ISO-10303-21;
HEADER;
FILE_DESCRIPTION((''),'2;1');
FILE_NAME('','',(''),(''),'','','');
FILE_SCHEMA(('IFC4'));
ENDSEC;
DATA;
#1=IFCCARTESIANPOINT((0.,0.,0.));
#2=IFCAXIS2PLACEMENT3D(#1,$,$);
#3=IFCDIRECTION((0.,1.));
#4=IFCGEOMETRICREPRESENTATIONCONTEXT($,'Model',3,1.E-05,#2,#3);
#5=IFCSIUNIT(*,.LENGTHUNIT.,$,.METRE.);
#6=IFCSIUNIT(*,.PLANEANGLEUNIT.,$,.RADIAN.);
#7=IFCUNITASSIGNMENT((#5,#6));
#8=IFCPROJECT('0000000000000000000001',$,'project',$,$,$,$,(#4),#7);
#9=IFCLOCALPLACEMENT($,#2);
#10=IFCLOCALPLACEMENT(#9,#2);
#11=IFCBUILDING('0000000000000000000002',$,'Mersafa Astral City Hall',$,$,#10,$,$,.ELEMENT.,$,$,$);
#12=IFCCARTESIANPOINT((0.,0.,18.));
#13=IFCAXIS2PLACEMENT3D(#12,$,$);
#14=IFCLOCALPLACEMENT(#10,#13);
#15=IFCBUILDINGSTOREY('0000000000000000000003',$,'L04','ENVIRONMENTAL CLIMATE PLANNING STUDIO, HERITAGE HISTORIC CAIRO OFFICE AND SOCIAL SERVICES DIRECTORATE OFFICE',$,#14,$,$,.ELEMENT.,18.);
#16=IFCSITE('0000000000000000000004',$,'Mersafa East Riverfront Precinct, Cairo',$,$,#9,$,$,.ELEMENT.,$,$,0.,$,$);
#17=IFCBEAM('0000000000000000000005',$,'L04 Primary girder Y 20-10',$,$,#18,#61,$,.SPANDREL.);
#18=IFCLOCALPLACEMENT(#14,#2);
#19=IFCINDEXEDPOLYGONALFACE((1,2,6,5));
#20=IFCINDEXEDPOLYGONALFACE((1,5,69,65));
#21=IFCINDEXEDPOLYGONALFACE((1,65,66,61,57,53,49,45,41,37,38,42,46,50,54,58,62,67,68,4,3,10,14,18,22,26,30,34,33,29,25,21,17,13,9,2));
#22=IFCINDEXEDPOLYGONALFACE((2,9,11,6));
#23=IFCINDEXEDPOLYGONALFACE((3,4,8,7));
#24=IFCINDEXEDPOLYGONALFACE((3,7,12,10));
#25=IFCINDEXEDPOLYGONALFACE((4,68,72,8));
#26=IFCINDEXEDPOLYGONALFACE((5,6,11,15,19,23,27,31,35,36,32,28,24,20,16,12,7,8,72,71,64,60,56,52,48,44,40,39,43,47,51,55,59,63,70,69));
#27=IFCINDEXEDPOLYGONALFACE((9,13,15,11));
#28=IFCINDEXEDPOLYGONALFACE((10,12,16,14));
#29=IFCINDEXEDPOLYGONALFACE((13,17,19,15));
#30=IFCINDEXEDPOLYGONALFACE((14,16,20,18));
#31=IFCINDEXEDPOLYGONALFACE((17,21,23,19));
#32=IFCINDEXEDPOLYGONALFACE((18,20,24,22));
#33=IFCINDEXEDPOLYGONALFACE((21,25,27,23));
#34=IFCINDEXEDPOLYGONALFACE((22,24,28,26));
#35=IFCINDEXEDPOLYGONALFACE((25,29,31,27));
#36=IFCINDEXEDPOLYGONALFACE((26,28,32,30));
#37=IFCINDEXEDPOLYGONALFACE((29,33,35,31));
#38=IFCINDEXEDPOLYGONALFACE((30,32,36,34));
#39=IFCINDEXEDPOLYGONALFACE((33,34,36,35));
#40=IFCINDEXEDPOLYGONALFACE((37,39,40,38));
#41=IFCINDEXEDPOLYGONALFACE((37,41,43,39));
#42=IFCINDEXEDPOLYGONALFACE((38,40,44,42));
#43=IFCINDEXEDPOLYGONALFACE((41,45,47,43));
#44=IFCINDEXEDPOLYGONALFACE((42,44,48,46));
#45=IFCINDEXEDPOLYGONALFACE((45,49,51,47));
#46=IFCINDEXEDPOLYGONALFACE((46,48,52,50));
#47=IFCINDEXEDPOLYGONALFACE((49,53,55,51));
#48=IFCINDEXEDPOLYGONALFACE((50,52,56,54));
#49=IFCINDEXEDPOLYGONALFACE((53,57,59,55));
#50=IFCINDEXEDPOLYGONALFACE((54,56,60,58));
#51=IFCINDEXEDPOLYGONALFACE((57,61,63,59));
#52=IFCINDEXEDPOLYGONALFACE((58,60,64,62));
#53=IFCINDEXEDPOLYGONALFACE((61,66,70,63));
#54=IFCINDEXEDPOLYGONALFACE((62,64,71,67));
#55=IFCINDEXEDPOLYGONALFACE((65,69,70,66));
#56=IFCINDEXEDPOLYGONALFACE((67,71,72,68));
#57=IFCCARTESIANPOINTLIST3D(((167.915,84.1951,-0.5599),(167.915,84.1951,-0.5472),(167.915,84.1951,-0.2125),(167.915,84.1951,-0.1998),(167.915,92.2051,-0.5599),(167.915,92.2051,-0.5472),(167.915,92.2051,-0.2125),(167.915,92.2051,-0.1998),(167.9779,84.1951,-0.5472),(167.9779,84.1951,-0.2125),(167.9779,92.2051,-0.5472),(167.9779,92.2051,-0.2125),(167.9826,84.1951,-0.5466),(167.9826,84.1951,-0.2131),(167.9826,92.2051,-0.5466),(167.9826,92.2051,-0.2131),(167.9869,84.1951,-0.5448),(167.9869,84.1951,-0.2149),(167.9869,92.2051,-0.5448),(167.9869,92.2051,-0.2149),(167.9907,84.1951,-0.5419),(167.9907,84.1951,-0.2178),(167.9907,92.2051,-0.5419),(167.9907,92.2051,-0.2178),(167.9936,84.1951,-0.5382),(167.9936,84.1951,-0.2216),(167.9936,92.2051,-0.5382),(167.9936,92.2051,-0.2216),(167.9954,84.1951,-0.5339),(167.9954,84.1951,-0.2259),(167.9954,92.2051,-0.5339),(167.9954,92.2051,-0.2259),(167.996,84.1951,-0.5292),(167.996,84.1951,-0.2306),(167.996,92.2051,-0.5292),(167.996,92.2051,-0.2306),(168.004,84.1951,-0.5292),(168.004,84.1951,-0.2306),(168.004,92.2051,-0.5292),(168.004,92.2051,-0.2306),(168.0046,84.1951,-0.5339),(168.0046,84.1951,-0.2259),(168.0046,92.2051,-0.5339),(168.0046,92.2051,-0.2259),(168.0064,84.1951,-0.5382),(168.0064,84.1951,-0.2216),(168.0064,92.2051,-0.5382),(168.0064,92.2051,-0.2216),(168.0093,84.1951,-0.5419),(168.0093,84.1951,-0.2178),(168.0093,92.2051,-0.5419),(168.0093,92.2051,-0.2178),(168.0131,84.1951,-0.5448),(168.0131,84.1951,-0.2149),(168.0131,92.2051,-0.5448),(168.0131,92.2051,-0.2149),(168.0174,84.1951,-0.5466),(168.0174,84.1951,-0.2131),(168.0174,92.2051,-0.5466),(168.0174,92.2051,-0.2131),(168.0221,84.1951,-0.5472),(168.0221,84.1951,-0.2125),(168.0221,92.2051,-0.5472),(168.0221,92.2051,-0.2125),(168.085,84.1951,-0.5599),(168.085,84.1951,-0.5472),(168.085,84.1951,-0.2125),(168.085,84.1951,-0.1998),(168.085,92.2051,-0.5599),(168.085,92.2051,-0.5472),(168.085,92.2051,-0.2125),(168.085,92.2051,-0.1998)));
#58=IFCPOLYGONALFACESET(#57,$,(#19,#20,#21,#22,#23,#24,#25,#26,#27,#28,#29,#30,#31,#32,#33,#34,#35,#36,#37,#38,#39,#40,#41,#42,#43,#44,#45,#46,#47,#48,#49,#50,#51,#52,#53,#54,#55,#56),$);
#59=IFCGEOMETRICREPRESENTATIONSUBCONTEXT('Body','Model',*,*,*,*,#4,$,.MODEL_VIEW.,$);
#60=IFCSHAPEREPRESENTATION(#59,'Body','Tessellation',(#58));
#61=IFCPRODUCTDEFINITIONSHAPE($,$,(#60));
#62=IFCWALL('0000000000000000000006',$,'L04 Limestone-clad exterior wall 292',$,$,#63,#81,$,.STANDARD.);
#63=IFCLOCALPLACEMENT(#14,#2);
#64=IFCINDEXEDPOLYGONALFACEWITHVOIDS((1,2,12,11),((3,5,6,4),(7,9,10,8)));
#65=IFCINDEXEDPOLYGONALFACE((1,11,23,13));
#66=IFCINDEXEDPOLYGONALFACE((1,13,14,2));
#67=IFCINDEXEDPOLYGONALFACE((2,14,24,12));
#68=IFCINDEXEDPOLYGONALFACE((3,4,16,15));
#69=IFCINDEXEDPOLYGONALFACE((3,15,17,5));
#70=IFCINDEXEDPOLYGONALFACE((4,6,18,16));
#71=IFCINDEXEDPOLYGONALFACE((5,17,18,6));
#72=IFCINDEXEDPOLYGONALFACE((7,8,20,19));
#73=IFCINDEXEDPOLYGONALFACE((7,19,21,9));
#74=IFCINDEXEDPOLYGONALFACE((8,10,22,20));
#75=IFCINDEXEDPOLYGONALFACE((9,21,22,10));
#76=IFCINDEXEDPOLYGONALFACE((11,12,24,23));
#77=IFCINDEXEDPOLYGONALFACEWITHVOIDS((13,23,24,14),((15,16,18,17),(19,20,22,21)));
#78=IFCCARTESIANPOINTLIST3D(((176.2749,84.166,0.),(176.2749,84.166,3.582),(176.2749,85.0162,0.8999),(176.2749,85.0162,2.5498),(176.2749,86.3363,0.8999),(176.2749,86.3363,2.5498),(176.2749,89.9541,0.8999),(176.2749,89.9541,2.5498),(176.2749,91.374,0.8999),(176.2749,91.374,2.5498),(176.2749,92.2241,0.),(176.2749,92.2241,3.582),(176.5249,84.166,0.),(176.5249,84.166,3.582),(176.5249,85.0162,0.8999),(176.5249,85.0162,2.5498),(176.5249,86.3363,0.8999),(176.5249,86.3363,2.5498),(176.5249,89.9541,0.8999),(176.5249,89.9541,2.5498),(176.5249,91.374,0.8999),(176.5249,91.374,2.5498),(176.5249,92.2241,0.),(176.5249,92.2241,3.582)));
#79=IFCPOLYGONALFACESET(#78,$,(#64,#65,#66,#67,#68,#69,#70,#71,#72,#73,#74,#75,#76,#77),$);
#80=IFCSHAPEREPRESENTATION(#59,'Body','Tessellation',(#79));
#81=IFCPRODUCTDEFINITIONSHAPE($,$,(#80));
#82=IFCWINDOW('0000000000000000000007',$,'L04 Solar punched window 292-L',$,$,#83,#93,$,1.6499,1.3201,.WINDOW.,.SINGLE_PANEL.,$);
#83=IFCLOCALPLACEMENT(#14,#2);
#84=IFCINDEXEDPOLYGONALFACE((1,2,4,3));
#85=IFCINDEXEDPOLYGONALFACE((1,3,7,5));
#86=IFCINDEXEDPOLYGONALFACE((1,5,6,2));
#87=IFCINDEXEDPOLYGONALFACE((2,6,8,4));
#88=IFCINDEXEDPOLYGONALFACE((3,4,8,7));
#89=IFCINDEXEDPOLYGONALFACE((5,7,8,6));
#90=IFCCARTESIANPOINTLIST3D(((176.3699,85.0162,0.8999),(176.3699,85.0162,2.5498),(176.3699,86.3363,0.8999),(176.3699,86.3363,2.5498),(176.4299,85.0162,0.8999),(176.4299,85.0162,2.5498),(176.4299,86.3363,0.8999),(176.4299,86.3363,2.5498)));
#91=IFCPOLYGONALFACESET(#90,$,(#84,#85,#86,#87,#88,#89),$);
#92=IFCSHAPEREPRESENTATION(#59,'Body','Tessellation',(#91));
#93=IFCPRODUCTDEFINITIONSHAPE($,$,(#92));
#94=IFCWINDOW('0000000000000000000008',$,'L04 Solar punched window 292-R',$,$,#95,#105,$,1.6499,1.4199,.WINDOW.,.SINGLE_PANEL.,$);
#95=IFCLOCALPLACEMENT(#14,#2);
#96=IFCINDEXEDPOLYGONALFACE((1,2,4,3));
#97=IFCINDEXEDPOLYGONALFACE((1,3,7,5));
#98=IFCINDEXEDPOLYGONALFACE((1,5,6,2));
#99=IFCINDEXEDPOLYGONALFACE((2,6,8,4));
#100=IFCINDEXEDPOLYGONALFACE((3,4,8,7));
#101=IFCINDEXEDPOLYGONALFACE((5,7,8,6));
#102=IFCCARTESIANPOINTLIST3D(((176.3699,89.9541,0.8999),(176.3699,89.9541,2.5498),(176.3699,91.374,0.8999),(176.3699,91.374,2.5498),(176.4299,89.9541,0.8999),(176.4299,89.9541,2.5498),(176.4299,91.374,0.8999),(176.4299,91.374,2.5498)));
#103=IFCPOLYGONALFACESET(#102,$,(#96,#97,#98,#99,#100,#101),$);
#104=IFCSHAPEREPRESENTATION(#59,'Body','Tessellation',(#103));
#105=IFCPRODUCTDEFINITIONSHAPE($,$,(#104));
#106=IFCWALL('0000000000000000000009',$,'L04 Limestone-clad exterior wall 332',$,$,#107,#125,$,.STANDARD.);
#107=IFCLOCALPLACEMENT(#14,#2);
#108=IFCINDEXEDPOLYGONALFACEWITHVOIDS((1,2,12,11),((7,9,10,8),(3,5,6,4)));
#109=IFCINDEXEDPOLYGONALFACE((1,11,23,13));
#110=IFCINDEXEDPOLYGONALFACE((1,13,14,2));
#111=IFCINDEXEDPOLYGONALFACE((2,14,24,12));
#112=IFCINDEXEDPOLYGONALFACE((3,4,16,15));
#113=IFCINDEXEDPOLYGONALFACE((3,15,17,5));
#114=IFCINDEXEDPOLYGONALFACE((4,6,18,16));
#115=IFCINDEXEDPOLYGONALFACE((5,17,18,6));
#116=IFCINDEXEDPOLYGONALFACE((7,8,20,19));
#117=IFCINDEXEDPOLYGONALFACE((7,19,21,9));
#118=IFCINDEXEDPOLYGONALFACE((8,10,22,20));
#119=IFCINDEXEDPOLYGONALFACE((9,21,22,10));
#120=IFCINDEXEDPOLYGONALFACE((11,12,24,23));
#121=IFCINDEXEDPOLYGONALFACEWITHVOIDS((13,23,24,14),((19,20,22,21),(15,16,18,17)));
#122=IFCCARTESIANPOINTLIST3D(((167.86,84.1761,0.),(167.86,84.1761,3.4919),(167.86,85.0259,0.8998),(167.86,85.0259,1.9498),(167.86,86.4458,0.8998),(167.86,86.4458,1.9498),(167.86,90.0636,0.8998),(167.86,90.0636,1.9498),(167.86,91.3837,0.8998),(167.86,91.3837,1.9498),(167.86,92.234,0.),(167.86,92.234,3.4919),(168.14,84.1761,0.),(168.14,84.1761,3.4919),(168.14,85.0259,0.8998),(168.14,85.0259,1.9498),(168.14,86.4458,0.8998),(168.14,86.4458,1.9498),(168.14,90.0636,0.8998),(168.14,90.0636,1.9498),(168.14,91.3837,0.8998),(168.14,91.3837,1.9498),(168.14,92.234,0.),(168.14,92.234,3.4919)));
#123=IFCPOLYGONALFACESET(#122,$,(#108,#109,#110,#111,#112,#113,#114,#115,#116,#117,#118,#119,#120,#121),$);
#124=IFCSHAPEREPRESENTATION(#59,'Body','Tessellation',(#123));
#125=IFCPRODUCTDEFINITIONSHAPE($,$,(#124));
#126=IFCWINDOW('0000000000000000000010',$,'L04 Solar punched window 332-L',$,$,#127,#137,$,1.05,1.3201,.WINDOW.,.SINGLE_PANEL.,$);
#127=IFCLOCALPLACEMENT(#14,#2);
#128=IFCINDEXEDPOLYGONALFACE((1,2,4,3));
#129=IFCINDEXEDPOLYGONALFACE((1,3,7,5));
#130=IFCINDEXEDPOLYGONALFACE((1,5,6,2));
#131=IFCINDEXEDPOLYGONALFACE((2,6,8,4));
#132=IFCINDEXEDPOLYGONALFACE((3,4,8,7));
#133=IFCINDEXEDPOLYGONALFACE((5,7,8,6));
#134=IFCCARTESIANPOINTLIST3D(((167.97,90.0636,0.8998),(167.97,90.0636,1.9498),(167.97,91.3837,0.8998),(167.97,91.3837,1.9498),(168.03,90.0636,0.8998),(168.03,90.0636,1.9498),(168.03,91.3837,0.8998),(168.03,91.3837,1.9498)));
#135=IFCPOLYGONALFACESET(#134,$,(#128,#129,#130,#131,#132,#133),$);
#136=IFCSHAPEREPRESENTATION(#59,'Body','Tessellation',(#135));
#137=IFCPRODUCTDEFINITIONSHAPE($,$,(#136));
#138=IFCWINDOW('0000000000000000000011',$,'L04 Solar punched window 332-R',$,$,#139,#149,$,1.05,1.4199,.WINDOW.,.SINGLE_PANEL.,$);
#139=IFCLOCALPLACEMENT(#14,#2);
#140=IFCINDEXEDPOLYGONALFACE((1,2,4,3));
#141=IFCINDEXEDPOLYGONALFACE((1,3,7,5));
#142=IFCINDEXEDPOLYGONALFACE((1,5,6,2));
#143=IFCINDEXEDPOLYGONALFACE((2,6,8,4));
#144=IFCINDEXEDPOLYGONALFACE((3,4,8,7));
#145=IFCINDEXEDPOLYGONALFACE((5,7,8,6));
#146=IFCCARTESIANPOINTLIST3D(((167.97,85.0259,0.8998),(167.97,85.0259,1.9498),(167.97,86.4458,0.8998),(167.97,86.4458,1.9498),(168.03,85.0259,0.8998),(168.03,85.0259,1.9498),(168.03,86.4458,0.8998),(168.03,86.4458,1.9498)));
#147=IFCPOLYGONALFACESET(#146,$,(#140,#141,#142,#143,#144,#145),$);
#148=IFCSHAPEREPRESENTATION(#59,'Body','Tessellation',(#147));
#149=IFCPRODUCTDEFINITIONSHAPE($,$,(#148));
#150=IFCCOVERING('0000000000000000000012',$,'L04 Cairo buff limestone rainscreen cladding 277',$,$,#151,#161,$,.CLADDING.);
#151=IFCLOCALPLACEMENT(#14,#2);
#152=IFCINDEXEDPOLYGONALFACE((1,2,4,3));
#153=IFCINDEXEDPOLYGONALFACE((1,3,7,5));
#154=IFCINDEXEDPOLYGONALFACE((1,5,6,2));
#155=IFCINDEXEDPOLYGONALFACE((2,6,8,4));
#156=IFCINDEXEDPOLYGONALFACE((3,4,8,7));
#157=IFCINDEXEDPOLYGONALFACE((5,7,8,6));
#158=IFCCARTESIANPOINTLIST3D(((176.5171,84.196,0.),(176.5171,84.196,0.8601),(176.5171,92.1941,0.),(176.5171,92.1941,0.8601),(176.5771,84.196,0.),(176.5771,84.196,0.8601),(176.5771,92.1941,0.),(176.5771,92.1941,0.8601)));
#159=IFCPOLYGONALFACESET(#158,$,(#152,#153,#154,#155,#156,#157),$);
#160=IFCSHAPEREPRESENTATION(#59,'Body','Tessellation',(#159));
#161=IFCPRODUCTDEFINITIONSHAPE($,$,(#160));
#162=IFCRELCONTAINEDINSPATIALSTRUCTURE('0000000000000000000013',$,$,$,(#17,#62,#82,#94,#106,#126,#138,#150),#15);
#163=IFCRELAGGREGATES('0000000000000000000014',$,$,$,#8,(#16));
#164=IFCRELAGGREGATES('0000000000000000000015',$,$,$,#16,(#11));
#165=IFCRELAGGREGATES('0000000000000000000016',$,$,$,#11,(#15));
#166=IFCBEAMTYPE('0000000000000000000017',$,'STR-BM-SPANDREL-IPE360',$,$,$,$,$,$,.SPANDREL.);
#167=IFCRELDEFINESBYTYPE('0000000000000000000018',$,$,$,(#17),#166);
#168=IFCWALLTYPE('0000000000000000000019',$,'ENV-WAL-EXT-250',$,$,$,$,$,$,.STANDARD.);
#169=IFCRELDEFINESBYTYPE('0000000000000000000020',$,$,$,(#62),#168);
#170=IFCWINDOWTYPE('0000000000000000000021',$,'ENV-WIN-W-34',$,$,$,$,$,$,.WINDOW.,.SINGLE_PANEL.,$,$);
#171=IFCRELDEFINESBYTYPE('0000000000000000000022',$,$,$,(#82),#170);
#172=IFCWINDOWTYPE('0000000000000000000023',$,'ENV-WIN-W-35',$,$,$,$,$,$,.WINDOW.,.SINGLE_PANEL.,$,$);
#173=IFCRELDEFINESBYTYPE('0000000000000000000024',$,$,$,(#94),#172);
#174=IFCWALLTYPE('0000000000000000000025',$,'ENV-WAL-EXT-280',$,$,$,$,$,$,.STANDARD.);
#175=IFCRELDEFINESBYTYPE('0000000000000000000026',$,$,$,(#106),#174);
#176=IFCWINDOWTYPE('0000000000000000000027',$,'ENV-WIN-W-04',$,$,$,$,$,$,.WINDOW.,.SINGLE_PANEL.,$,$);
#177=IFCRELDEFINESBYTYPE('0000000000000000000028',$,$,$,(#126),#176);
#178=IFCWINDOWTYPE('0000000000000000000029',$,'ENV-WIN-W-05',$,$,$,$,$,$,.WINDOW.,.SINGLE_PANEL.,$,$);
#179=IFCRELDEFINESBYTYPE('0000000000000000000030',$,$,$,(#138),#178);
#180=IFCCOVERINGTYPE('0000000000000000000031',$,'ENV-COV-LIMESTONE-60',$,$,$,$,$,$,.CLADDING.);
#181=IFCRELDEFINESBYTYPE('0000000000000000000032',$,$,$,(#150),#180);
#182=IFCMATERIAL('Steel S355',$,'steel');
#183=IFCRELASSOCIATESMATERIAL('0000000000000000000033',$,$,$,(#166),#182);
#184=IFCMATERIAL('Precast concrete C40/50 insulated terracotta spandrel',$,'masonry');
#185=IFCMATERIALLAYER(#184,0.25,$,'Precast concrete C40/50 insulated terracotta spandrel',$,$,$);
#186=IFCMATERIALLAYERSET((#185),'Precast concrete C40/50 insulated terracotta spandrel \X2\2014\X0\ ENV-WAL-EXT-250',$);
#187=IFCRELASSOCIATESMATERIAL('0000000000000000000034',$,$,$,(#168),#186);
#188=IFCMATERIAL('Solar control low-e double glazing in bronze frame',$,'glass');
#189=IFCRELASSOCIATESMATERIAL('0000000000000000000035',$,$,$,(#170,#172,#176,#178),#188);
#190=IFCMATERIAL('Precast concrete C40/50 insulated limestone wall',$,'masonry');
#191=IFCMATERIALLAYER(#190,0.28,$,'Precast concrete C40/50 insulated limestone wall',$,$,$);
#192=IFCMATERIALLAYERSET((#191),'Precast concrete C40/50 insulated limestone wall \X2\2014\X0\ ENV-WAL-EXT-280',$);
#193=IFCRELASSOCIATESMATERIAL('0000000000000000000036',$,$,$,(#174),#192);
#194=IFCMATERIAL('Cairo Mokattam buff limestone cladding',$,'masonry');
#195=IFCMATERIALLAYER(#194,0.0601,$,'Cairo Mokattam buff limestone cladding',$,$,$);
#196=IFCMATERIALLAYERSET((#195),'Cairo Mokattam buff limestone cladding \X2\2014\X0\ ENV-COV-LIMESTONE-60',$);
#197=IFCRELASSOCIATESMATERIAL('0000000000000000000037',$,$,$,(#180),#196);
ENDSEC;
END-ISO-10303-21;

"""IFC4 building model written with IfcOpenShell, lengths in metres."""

from ifc_helpers import new_model, si_unit, direction, frame, frame_2d, origin, origin_2d, place, context, subcontext, project, spatial, rectangle, i_section, extrude, material, layer, layer_set, material_profile, profile_set, type_object, element, fill, save


model = new_model("IFC4")

# Units and contexts
model_context = context("Model", 3, precision=1e-05, world=origin(), true_north=direction((0.0, 1.0)))
body_context = subcontext(model_context, "Body", "Model", "MODEL_VIEW")
ifc_project = project(units=[si_unit("LENGTHUNIT", "METRE"), si_unit("PLANEANGLEUNIT", "RADIAN")], contexts=[model_context])

# Site, building, storey
site_placement = place(None, origin())
site = spatial("IfcSite", under=ifc_project, at=site_placement, Name="Mersafa East Riverfront Precinct, Cairo", CompositionType="ELEMENT", RefElevation=0.0)
building_placement = place(site_placement, origin())
building = spatial("IfcBuilding", under=site, at=building_placement, Name="Mersafa Astral City Hall", CompositionType="ELEMENT")
storey_placement = place(building_placement, frame((0.0, 0.0, 18.0)))
storey = spatial("IfcBuildingStorey", under=building, at=storey_placement, Name="L04", Description="ENVIRONMENTAL CLIMATE PLANNING STUDIO, HERITAGE HISTORIC CAIRO OFFICE AND SOCIAL SERVICES DIRECTORATE OFFICE", CompositionType="ELEMENT", Elevation=18.0)

# Shared definitions
ifc_material_1 = material(Name="Steel S355", Category="steel")

# Beam
ifc_material_profile_1 = material_profile(ifc_material_1, i_section(OverallWidth=0.1699, OverallDepth=0.3601, WebThickness=0.0081, FlangeThickness=0.0127, FilletRadius=0.0181, at=origin_2d()), Name="IPE 360")
ifc_profile_set_1 = profile_set([ifc_material_profile_1], Name="Steel S355")
beam_type_1 = type_object("IfcBeamType", Name="STR-BM-SPANDREL-IPE360", PredefinedType="SPANDREL", material=ifc_profile_set_1)
beam_1_placement = place(storey_placement, frame((168.0, 84.1951, -0.3799), z_axis=(0.0, 1.0, 0.0), x_axis=(-1.0, 0.0, 0.0)))
element("IfcBeam", 1, at=beam_1_placement, inside=storey, type_object=beam_type_1, Name="L04 Primary girder Y 20-10", PredefinedType="SPANDREL", context=body_context, shape_type="SweptSolid", body=[
    extrude(i_section(OverallWidth=0.1699, OverallDepth=0.3601, WebThickness=0.0081, FlangeThickness=0.0127, FilletRadius=0.0181, at=origin_2d()), origin(), (0.0, 0.0, 1.0), 8.01),
])

# Walls, openings, windows
ifc_material_2 = material(Name="Precast concrete C40/50 insulated terracotta spandrel", Category="masonry")
ifc_layer_1 = layer(ifc_material_2, 0.25, Name="Precast concrete C40/50 insulated terracotta spandrel")
ifc_layer_set_1 = layer_set([ifc_layer_1], Name="Precast concrete C40/50 insulated terracotta spandrel — ENV-WAL-EXT-250")
wall_type_1 = type_object("IfcWallType", Name="ENV-WAL-EXT-250", PredefinedType="STANDARD", material=ifc_layer_set_1)
wall_1_placement = place(storey_placement, frame((176.3999, 84.166, 0.0), z_axis=(0.0, 0.0, 1.0), x_axis=(0.0, 1.0, 0.0)))
wall_1 = element("IfcWall", 2, at=wall_1_placement, inside=storey, type_object=wall_type_1, Name="L04 Limestone-clad exterior wall 292", PredefinedType="STANDARD", context=body_context, shape_type="SweptSolid", body=[
    extrude(rectangle(XDim=8.0581, YDim=0.25, at=frame_2d((4.0291, 0.0))), origin(), (0.0, 0.0, 1.0), 3.582),
])
opening_1_placement = place(wall_1_placement, frame((0.8501, 0.0, 0.8999)))
opening_1 = element("IfcOpeningElement", 3, at=opening_1_placement, cuts=wall_1, PredefinedType="OPENING", context=body_context, shape_type="SweptSolid", body=[
    extrude(rectangle(XDim=1.3201, YDim=1.6499, at=frame_2d((0.6602, 0.825))), frame((0.0, 0.135, 0.0), z_axis=(0.0, -1.0, 0.0), x_axis=(1.0, 0.0, 0.0)), (0.0, 0.0, 1.0), 0.27),
])
opening_2_placement = place(wall_1_placement, frame((5.7881, 0.0, 0.8999)))
opening_2 = element("IfcOpeningElement", 4, at=opening_2_placement, cuts=wall_1, PredefinedType="OPENING", context=body_context, shape_type="SweptSolid", body=[
    extrude(rectangle(XDim=1.4199, YDim=1.6499, at=frame_2d((0.71, 0.825))), frame((0.0, 0.135, 0.0), z_axis=(0.0, -1.0, 0.0), x_axis=(1.0, 0.0, 0.0)), (0.0, 0.0, 1.0), 0.27),
])
ifc_material_3 = material(Name="Solar control low-e double glazing in bronze frame", Category="glass")
window_type_1 = type_object("IfcWindowType", Name="ENV-WIN-W-34", PartitioningType="SINGLE_PANEL", PredefinedType="WINDOW", material=ifc_material_3)
window_1_placement = place(opening_1_placement, origin())
window_1 = element("IfcWindow", 5, at=window_1_placement, inside=storey, type_object=window_type_1, Name="L04 Solar punched window 292-L", OverallHeight=1.6499, OverallWidth=1.3201, PartitioningType="SINGLE_PANEL", PredefinedType="WINDOW", context=body_context, shape_type="SweptSolid", body=[
    extrude(rectangle(XDim=1.3201, YDim=1.6499, at=frame_2d((0.6602, 0.825))), frame((0.0, 0.03, 0.0), z_axis=(0.0, -1.0, 0.0), x_axis=(1.0, 0.0, 0.0)), (0.0, 0.0, 1.0), 0.0601),
])
fill(opening_1, window_1)
window_type_2 = type_object("IfcWindowType", Name="ENV-WIN-W-35", PartitioningType="SINGLE_PANEL", PredefinedType="WINDOW", material=ifc_material_3)
window_2_placement = place(opening_2_placement, origin())
window_2 = element("IfcWindow", 6, at=window_2_placement, inside=storey, type_object=window_type_2, Name="L04 Solar punched window 292-R", OverallHeight=1.6499, OverallWidth=1.4199, PartitioningType="SINGLE_PANEL", PredefinedType="WINDOW", context=body_context, shape_type="SweptSolid", body=[
    extrude(rectangle(XDim=1.4199, YDim=1.6499, at=frame_2d((0.71, 0.825))), frame((0.0, 0.03, 0.0), z_axis=(0.0, -1.0, 0.0), x_axis=(1.0, 0.0, 0.0)), (0.0, 0.0, 1.0), 0.0601),
])
fill(opening_2, window_2)
ifc_material_4 = material(Name="Precast concrete C40/50 insulated limestone wall", Category="masonry")
ifc_layer_2 = layer(ifc_material_4, 0.28, Name="Precast concrete C40/50 insulated limestone wall")
ifc_layer_set_2 = layer_set([ifc_layer_2], Name="Precast concrete C40/50 insulated limestone wall — ENV-WAL-EXT-280")
wall_type_2 = type_object("IfcWallType", Name="ENV-WAL-EXT-280", PredefinedType="STANDARD", material=ifc_layer_set_2)
wall_2_placement = place(storey_placement, frame((168.0, 92.2339, 0.0), z_axis=(0.0, 0.0, 1.0), x_axis=(0.0, -1.0, 0.0)))
wall_2 = element("IfcWall", 7, at=wall_2_placement, inside=storey, type_object=wall_type_2, Name="L04 Limestone-clad exterior wall 332", PredefinedType="STANDARD", context=body_context, shape_type="SweptSolid", body=[
    extrude(rectangle(XDim=8.0579, YDim=0.28, at=frame_2d((4.0288, 0.0))), origin(), (0.0, 0.0, 1.0), 3.4919),
])
opening_3_placement = place(wall_2_placement, frame((0.8501, 0.0, 0.8999)))
opening_3 = element("IfcOpeningElement", 8, at=opening_3_placement, cuts=wall_2, PredefinedType="OPENING", context=body_context, shape_type="SweptSolid", body=[
    extrude(rectangle(XDim=1.3201, YDim=1.05, at=frame_2d((0.6602, 0.5249))), frame((0.0, 0.1499, 0.0), z_axis=(0.0, -1.0, 0.0), x_axis=(1.0, 0.0, 0.0)), (0.0, 0.0, 1.0), 0.3),
])
opening_4_placement = place(wall_2_placement, frame((5.7881, 0.0, 0.8999)))
opening_4 = element("IfcOpeningElement", 9, at=opening_4_placement, cuts=wall_2, PredefinedType="OPENING", context=body_context, shape_type="SweptSolid", body=[
    extrude(rectangle(XDim=1.4199, YDim=1.05, at=frame_2d((0.71, 0.5249))), frame((0.0, 0.1499, 0.0), z_axis=(0.0, -1.0, 0.0), x_axis=(1.0, 0.0, 0.0)), (0.0, 0.0, 1.0), 0.3),
])
window_type_3 = type_object("IfcWindowType", Name="ENV-WIN-W-04", PartitioningType="SINGLE_PANEL", PredefinedType="WINDOW", material=ifc_material_3)
window_3_placement = place(opening_3_placement, origin())
window_3 = element("IfcWindow", 10, at=window_3_placement, inside=storey, type_object=window_type_3, Name="L04 Solar punched window 332-L", OverallHeight=1.05, OverallWidth=1.3201, PartitioningType="SINGLE_PANEL", PredefinedType="WINDOW", context=body_context, shape_type="SweptSolid", body=[
    extrude(rectangle(XDim=1.3201, YDim=1.05, at=frame_2d((0.6602, 0.5249))), frame((0.0, 0.03, 0.0), z_axis=(0.0, -1.0, 0.0), x_axis=(1.0, 0.0, 0.0)), (0.0, 0.0, 1.0), 0.0601),
])
fill(opening_3, window_3)
window_type_4 = type_object("IfcWindowType", Name="ENV-WIN-W-05", PartitioningType="SINGLE_PANEL", PredefinedType="WINDOW", material=ifc_material_3)
window_4_placement = place(opening_4_placement, origin())
window_4 = element("IfcWindow", 11, at=window_4_placement, inside=storey, type_object=window_type_4, Name="L04 Solar punched window 332-R", OverallHeight=1.05, OverallWidth=1.4199, PartitioningType="SINGLE_PANEL", PredefinedType="WINDOW", context=body_context, shape_type="SweptSolid", body=[
    extrude(rectangle(XDim=1.4199, YDim=1.05, at=frame_2d((0.71, 0.5249))), frame((0.0, 0.03, 0.0), z_axis=(0.0, -1.0, 0.0), x_axis=(1.0, 0.0, 0.0)), (0.0, 0.0, 1.0), 0.0601),
])
fill(opening_4, window_4)

# Covering
ifc_material_5 = material(Name="Cairo Mokattam buff limestone cladding", Category="masonry")
ifc_layer_3 = layer(ifc_material_5, 0.0601, Name="Cairo Mokattam buff limestone cladding")
ifc_layer_set_3 = layer_set([ifc_layer_3], Name="Cairo Mokattam buff limestone cladding — ENV-COV-LIMESTONE-60")
covering_type = type_object("IfcCoveringType", Name="ENV-COV-LIMESTONE-60", PredefinedType="CLADDING", material=ifc_layer_set_3)
for number, where, z_axis, x_axis, name in (
    (12, (176.5471, 88.1951, 0.0), (0.0, 0.0, 1.0), (0.0, 1.0, 0.0), "L04 Cairo buff limestone rainscreen cladding 277"),
):
    element("IfcCovering", number, at=place(storey_placement, frame(where, z_axis=z_axis, x_axis=x_axis)), inside=storey, type_object=covering_type, Name=name, PredefinedType="CLADDING", context=body_context, shape_type="SweptSolid", body=[
        extrude(rectangle(XDim=7.998, YDim=0.0601, at=origin_2d()), origin(), (0.0, 0.0, 1.0), 0.8601),
    ])

save(model, "model.ifc")
